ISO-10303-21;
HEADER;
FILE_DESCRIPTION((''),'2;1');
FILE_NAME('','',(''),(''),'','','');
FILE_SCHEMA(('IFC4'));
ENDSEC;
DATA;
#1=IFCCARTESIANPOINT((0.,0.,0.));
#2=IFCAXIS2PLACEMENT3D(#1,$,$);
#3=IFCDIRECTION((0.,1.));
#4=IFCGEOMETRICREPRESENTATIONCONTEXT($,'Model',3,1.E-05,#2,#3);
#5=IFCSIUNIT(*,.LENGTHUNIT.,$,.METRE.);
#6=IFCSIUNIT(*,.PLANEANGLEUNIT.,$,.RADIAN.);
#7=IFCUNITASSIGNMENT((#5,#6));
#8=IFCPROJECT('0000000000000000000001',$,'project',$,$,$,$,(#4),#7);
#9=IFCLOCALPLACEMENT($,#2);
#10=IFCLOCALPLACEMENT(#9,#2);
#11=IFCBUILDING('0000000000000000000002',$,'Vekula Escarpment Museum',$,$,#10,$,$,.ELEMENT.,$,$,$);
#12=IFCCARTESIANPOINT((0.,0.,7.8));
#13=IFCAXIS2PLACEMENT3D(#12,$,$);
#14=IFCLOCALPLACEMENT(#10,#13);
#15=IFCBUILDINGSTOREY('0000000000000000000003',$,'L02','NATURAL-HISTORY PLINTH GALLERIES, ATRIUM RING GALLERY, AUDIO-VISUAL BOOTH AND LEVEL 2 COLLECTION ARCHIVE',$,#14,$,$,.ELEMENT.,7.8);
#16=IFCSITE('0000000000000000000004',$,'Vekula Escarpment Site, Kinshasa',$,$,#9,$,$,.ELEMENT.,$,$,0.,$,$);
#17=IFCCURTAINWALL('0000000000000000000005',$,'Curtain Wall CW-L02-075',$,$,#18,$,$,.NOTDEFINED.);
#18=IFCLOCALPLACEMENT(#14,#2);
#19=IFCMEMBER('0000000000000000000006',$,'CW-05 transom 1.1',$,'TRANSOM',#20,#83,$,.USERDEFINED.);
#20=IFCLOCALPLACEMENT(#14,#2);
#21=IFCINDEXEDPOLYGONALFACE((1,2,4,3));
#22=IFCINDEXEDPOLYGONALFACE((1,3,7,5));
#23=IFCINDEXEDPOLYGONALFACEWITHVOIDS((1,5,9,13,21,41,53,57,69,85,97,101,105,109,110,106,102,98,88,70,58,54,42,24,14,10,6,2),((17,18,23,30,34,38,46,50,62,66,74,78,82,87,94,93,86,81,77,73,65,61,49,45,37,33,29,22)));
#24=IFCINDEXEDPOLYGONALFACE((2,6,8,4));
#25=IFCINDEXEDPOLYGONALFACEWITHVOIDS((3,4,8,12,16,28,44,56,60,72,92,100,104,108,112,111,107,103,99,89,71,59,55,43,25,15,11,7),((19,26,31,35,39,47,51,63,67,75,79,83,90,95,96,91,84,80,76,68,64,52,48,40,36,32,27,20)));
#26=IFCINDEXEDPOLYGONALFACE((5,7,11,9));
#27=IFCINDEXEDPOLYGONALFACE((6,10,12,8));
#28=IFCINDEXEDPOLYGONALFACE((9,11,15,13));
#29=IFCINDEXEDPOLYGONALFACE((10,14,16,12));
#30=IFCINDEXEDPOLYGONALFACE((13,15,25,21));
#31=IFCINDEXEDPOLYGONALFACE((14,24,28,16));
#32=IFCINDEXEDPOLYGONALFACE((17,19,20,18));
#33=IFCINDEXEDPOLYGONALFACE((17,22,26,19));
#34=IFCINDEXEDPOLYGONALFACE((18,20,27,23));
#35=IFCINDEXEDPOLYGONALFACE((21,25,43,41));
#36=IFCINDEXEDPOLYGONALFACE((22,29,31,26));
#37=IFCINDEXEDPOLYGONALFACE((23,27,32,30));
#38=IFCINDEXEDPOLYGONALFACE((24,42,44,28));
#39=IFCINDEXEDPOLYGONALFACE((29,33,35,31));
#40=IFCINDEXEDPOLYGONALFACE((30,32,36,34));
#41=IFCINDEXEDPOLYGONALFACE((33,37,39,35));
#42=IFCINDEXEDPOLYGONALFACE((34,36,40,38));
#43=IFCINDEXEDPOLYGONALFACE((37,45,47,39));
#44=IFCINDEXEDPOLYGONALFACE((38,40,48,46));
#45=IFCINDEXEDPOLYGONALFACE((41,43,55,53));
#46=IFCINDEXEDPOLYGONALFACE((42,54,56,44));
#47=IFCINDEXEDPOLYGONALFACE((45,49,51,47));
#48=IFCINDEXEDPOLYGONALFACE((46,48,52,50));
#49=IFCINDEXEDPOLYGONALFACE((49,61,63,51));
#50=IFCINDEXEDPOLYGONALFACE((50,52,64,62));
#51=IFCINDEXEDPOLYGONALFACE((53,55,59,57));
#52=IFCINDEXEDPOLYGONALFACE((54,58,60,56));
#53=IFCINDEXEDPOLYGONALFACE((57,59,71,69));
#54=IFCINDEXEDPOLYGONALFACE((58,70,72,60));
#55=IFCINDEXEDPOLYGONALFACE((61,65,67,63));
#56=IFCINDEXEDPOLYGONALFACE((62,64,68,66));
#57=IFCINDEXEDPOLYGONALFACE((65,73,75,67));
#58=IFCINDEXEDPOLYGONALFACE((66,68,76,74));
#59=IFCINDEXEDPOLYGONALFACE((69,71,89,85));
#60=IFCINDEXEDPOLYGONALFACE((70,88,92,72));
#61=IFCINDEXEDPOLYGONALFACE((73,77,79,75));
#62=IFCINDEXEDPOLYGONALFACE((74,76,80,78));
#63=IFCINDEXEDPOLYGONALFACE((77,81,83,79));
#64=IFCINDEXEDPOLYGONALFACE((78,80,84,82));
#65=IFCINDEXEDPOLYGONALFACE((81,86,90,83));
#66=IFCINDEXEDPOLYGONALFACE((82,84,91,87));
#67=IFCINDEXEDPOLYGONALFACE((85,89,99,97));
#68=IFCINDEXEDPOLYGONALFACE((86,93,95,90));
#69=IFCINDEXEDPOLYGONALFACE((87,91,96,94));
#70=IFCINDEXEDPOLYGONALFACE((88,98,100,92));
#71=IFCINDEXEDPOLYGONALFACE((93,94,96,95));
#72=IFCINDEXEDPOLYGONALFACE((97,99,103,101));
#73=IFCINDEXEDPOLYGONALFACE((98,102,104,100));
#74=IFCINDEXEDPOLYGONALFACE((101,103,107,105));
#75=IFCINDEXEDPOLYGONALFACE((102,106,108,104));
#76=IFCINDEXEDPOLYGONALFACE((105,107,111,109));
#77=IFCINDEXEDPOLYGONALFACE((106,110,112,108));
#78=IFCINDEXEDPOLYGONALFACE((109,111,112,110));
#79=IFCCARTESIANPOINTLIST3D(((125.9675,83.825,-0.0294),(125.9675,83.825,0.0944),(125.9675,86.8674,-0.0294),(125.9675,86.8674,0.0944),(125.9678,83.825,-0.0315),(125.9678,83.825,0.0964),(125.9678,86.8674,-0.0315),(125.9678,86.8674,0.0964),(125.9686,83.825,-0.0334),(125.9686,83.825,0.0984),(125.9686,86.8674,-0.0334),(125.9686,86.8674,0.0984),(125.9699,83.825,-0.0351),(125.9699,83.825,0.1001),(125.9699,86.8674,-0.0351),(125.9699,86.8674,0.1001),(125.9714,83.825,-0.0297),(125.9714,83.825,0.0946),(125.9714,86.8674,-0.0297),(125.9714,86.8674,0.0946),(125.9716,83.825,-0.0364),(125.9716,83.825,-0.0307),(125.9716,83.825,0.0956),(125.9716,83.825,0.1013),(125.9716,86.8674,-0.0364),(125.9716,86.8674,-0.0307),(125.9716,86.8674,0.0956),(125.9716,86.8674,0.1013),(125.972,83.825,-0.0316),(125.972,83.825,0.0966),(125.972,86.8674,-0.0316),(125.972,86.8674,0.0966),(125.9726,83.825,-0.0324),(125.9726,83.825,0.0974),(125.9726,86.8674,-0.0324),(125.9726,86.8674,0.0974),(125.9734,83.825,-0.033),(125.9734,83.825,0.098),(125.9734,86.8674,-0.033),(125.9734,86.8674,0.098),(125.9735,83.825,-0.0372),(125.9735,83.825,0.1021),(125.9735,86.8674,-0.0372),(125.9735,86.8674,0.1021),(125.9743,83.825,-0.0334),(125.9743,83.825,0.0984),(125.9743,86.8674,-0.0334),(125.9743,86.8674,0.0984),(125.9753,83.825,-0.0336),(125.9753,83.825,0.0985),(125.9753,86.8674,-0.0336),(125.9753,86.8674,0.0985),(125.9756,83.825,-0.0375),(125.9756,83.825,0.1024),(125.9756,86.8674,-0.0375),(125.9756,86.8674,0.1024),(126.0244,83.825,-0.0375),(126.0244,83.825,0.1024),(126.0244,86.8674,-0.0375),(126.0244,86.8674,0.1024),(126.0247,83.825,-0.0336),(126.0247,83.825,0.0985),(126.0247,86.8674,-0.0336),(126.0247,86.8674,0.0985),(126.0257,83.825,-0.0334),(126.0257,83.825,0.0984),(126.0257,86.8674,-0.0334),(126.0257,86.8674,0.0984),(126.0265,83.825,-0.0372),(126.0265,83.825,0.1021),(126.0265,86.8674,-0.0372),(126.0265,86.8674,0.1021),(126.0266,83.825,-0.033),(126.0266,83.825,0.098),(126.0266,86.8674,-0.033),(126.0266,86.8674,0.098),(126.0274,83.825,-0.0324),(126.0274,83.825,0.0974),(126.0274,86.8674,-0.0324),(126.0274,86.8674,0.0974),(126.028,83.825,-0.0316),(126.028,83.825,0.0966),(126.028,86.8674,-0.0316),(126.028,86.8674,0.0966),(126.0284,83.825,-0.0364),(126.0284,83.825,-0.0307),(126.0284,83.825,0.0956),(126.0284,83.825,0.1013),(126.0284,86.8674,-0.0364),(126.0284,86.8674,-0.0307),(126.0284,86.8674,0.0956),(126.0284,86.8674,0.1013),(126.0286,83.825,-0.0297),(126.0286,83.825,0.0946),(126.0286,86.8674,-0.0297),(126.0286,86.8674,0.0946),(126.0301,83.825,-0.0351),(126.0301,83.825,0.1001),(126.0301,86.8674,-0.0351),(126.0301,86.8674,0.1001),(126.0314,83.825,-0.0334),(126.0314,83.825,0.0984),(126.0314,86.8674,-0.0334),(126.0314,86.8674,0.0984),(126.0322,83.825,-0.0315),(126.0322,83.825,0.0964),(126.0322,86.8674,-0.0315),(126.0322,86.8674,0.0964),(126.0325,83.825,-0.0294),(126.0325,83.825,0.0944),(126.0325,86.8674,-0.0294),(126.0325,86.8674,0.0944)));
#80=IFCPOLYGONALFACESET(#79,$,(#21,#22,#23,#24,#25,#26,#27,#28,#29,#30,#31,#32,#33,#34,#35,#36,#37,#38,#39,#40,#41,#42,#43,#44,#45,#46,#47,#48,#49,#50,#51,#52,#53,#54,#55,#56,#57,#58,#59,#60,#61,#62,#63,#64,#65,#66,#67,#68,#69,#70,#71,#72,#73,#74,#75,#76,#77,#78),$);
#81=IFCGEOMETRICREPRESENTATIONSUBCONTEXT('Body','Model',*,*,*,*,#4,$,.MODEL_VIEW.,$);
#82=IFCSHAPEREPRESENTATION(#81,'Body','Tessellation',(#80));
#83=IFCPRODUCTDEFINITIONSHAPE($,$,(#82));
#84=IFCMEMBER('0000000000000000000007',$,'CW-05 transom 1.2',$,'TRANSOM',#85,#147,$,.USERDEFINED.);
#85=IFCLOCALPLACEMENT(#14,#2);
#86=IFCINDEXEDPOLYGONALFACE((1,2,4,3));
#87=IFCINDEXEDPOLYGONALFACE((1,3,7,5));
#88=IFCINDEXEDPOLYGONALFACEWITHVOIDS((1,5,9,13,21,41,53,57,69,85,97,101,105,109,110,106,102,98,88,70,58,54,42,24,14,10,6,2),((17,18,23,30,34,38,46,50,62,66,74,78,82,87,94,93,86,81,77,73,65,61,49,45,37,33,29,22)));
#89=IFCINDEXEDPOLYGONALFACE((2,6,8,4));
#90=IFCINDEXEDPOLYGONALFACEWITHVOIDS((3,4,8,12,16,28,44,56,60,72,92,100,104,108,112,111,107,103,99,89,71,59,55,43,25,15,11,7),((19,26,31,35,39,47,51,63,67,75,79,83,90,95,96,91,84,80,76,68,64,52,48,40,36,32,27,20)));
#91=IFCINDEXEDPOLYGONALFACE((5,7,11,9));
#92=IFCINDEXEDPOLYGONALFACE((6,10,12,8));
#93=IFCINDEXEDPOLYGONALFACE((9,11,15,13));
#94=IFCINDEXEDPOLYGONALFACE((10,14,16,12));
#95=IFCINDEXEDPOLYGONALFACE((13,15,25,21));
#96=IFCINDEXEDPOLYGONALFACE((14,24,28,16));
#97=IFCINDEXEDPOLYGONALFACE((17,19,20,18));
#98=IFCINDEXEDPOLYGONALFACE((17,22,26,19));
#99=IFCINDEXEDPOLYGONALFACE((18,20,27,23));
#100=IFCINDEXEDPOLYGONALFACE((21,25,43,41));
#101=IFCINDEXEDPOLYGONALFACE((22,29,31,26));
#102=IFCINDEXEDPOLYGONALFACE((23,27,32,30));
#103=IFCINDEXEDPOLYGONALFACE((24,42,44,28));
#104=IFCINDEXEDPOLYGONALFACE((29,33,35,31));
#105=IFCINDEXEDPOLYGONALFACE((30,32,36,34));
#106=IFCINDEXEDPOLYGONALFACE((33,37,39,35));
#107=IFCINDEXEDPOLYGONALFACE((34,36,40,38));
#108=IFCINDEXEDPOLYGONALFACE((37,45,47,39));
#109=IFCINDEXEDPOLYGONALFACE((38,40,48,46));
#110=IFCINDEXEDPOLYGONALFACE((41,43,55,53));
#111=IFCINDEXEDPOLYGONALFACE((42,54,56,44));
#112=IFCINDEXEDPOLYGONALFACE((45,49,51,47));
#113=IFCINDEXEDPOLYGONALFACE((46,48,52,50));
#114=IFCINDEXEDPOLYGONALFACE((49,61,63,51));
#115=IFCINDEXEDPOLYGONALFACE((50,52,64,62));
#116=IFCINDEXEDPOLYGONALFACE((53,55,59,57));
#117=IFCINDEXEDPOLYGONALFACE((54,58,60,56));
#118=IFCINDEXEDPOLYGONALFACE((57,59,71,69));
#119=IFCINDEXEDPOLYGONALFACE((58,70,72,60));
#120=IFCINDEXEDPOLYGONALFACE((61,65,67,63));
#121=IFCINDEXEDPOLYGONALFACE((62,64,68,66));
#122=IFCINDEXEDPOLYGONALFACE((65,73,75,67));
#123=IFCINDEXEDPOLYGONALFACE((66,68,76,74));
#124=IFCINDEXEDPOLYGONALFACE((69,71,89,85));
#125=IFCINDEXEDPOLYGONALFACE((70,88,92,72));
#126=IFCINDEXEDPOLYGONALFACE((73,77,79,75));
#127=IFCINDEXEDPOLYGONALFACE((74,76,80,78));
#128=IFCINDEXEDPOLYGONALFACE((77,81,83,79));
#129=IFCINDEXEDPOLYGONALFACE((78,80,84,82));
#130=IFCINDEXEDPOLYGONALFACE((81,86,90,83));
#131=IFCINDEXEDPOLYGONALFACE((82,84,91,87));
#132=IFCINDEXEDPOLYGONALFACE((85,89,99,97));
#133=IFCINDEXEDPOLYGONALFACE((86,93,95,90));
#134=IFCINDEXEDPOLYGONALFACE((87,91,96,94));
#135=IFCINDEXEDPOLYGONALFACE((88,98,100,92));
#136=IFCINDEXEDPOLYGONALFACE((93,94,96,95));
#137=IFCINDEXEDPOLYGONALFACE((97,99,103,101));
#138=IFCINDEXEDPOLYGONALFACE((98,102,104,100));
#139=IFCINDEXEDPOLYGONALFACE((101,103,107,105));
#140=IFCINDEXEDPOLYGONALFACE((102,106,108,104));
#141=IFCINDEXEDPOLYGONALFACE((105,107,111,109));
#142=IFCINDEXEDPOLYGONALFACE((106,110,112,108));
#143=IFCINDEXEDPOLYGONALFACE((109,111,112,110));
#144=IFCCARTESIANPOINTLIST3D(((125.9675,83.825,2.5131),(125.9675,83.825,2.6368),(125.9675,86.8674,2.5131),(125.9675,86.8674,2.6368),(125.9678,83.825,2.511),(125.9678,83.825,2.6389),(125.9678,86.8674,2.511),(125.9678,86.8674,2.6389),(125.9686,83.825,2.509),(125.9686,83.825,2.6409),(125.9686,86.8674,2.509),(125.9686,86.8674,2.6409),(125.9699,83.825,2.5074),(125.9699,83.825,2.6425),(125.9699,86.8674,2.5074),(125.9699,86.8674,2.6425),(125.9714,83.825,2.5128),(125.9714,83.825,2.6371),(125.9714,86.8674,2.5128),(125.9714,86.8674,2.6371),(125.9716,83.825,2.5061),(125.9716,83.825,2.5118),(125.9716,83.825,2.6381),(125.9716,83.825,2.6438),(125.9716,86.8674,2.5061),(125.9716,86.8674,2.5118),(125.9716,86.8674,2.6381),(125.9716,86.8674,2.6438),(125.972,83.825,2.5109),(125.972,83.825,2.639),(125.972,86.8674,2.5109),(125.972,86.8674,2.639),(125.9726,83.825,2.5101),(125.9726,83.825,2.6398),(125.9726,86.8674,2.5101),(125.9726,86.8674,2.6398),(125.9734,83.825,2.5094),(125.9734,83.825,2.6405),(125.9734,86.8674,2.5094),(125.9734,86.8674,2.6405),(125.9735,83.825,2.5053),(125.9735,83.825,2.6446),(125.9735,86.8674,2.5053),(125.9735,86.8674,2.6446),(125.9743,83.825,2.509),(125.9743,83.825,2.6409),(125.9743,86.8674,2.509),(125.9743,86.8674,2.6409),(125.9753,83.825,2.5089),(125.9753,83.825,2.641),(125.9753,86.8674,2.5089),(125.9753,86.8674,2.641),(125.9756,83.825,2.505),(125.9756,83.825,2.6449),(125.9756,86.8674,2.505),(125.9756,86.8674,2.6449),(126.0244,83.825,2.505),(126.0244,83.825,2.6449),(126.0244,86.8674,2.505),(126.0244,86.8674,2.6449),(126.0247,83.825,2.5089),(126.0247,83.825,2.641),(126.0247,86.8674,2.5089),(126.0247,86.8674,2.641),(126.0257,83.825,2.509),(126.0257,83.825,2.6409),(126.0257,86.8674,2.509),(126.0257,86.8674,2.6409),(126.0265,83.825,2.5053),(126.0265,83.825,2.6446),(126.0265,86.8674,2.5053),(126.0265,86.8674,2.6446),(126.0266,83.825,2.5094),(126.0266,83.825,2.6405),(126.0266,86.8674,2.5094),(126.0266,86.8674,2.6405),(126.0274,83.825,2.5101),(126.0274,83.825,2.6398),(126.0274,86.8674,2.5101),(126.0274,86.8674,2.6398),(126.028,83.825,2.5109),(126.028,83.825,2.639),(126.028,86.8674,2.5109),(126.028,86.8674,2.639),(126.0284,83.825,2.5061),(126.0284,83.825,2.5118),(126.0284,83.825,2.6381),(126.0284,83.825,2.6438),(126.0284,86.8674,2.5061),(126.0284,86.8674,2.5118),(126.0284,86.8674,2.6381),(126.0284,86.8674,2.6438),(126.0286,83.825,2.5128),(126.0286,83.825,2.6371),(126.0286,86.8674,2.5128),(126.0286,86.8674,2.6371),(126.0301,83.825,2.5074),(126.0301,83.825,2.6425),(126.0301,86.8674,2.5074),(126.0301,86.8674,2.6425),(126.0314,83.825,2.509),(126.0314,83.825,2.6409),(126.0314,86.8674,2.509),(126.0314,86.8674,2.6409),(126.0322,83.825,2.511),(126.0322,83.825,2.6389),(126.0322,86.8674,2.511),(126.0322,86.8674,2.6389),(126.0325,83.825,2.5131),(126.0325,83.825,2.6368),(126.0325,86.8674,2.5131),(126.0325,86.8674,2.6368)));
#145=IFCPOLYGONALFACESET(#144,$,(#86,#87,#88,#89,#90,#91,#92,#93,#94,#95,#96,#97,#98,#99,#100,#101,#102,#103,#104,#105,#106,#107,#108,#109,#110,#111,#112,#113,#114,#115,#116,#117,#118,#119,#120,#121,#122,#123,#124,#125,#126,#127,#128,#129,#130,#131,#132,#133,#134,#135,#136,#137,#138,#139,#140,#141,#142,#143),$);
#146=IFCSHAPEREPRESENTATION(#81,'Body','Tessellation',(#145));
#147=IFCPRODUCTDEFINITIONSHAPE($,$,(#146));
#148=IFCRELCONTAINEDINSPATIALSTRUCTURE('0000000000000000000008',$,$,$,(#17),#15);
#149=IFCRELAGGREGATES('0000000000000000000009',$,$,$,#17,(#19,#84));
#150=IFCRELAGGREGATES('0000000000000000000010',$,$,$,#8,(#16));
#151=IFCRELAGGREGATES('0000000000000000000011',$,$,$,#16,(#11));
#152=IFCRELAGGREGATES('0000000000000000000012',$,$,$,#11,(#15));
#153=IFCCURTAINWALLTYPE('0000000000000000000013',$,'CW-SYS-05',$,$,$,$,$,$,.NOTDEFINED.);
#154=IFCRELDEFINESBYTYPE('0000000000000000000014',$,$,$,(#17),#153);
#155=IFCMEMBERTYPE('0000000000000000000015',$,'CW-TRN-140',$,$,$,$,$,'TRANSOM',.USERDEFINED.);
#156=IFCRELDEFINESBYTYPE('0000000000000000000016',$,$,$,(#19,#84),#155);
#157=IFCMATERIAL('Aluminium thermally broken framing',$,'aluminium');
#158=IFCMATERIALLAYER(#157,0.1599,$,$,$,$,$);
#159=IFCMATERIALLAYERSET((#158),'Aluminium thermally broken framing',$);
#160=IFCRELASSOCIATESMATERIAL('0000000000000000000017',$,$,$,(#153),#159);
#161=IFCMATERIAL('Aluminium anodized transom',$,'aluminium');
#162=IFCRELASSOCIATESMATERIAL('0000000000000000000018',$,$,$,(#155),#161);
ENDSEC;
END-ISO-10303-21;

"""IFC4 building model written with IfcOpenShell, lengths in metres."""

from ifc_helpers import new_model, si_unit, direction, frame, origin, origin_2d, place, context, subcontext, project, spatial, hollow_rectangle, extrude, material, layer, layer_set, material_profile, profile_set, type_object, element, aggregate, save


model = new_model("IFC4")

# Units and contexts
model_context = context("Model", 3, precision=1e-05, world=origin(), true_north=direction((0.0, 1.0)))
body_context = subcontext(model_context, "Body", "Model", "MODEL_VIEW")
ifc_project = project(units=[si_unit("LENGTHUNIT", "METRE"), si_unit("PLANEANGLEUNIT", "RADIAN")], contexts=[model_context])

# Site, building, storey
site_placement = place(None, origin())
site = spatial("IfcSite", under=ifc_project, at=site_placement, Name="Vekula Escarpment Site, Kinshasa", CompositionType="ELEMENT", RefElevation=0.0)
building_placement = place(site_placement, origin())
building = spatial("IfcBuilding", under=site, at=building_placement, Name="Vekula Escarpment Museum", CompositionType="ELEMENT")
storey_placement = place(building_placement, frame((0.0, 0.0, 7.8)))
storey = spatial("IfcBuildingStorey", under=building, at=storey_placement, Name="L02", Description="NATURAL-HISTORY PLINTH GALLERIES, ATRIUM RING GALLERY, AUDIO-VISUAL BOOTH AND LEVEL 2 COLLECTION ARCHIVE", CompositionType="ELEMENT", Elevation=7.8)

# Curtain wall, members
ifc_material_1 = material(Name="Aluminium thermally broken framing", Category="aluminium")
ifc_layer_1 = layer(ifc_material_1, 0.1599)
ifc_layer_set_1 = layer_set([ifc_layer_1], Name="Aluminium thermally broken framing")
curtain_wall_type_1 = type_object("IfcCurtainWallType", Name="CW-SYS-05", PredefinedType="NOTDEFINED", material=ifc_layer_set_1)
curtain_wall_1_placement = place(storey_placement, origin())
curtain_wall_1 = element("IfcCurtainWall", 1, at=curtain_wall_1_placement, inside=storey, type_object=curtain_wall_type_1, Name="Curtain Wall CW-L02-075", PredefinedType="NOTDEFINED")
ifc_material_2 = material(Name="Aluminium anodized transom", Category="aluminium")
ifc_material_profile_1 = material_profile(ifc_material_2, hollow_rectangle(XDim=0.0649, YDim=0.1399, WallThickness=0.0039, InnerFilletRadius=0.0039, OuterFilletRadius=0.0081, at=origin_2d()), Name="ALU 140x65x4")
ifc_profile_set_1 = profile_set([ifc_material_profile_1], Name="Aluminium anodized transom")
member_type_1 = type_object("IfcMemberType", Name="CW-TRN-140", ElementType="TRANSOM", PredefinedType="USERDEFINED", material=ifc_profile_set_1)
member_1_placement = place(storey_placement, frame((126.0, 83.825, 0.0325), z_axis=(0.0, 1.0, 0.0), x_axis=(-1.0, 0.0, 0.0)))
member_1 = element("IfcMember", 2, at=member_1_placement, type_object=member_type_1, Name="CW-05 transom 1.1", ObjectType="TRANSOM", PredefinedType="USERDEFINED", context=body_context, shape_type="SweptSolid", body=[
    extrude(hollow_rectangle(XDim=0.0649, YDim=0.1399, WallThickness=0.0039, InnerFilletRadius=0.0039, OuterFilletRadius=0.0081, at=origin_2d()), origin(), (0.0, 0.0, 1.0), 3.0425),
])
member_2_placement = place(storey_placement, frame((126.0, 83.825, 2.575), z_axis=(0.0, 1.0, 0.0), x_axis=(-1.0, 0.0, 0.0)))
member_2 = element("IfcMember", 3, at=member_2_placement, type_object=member_type_1, Name="CW-05 transom 1.2", ObjectType="TRANSOM", PredefinedType="USERDEFINED", context=body_context, shape_type="SweptSolid", body=[
    extrude(hollow_rectangle(XDim=0.0649, YDim=0.1399, WallThickness=0.0039, InnerFilletRadius=0.0039, OuterFilletRadius=0.0081, at=origin_2d()), origin(), (0.0, 0.0, 1.0), 3.0425),
])

aggregate(curtain_wall_1, [member_1, member_2])

save(model, "model.ifc")
